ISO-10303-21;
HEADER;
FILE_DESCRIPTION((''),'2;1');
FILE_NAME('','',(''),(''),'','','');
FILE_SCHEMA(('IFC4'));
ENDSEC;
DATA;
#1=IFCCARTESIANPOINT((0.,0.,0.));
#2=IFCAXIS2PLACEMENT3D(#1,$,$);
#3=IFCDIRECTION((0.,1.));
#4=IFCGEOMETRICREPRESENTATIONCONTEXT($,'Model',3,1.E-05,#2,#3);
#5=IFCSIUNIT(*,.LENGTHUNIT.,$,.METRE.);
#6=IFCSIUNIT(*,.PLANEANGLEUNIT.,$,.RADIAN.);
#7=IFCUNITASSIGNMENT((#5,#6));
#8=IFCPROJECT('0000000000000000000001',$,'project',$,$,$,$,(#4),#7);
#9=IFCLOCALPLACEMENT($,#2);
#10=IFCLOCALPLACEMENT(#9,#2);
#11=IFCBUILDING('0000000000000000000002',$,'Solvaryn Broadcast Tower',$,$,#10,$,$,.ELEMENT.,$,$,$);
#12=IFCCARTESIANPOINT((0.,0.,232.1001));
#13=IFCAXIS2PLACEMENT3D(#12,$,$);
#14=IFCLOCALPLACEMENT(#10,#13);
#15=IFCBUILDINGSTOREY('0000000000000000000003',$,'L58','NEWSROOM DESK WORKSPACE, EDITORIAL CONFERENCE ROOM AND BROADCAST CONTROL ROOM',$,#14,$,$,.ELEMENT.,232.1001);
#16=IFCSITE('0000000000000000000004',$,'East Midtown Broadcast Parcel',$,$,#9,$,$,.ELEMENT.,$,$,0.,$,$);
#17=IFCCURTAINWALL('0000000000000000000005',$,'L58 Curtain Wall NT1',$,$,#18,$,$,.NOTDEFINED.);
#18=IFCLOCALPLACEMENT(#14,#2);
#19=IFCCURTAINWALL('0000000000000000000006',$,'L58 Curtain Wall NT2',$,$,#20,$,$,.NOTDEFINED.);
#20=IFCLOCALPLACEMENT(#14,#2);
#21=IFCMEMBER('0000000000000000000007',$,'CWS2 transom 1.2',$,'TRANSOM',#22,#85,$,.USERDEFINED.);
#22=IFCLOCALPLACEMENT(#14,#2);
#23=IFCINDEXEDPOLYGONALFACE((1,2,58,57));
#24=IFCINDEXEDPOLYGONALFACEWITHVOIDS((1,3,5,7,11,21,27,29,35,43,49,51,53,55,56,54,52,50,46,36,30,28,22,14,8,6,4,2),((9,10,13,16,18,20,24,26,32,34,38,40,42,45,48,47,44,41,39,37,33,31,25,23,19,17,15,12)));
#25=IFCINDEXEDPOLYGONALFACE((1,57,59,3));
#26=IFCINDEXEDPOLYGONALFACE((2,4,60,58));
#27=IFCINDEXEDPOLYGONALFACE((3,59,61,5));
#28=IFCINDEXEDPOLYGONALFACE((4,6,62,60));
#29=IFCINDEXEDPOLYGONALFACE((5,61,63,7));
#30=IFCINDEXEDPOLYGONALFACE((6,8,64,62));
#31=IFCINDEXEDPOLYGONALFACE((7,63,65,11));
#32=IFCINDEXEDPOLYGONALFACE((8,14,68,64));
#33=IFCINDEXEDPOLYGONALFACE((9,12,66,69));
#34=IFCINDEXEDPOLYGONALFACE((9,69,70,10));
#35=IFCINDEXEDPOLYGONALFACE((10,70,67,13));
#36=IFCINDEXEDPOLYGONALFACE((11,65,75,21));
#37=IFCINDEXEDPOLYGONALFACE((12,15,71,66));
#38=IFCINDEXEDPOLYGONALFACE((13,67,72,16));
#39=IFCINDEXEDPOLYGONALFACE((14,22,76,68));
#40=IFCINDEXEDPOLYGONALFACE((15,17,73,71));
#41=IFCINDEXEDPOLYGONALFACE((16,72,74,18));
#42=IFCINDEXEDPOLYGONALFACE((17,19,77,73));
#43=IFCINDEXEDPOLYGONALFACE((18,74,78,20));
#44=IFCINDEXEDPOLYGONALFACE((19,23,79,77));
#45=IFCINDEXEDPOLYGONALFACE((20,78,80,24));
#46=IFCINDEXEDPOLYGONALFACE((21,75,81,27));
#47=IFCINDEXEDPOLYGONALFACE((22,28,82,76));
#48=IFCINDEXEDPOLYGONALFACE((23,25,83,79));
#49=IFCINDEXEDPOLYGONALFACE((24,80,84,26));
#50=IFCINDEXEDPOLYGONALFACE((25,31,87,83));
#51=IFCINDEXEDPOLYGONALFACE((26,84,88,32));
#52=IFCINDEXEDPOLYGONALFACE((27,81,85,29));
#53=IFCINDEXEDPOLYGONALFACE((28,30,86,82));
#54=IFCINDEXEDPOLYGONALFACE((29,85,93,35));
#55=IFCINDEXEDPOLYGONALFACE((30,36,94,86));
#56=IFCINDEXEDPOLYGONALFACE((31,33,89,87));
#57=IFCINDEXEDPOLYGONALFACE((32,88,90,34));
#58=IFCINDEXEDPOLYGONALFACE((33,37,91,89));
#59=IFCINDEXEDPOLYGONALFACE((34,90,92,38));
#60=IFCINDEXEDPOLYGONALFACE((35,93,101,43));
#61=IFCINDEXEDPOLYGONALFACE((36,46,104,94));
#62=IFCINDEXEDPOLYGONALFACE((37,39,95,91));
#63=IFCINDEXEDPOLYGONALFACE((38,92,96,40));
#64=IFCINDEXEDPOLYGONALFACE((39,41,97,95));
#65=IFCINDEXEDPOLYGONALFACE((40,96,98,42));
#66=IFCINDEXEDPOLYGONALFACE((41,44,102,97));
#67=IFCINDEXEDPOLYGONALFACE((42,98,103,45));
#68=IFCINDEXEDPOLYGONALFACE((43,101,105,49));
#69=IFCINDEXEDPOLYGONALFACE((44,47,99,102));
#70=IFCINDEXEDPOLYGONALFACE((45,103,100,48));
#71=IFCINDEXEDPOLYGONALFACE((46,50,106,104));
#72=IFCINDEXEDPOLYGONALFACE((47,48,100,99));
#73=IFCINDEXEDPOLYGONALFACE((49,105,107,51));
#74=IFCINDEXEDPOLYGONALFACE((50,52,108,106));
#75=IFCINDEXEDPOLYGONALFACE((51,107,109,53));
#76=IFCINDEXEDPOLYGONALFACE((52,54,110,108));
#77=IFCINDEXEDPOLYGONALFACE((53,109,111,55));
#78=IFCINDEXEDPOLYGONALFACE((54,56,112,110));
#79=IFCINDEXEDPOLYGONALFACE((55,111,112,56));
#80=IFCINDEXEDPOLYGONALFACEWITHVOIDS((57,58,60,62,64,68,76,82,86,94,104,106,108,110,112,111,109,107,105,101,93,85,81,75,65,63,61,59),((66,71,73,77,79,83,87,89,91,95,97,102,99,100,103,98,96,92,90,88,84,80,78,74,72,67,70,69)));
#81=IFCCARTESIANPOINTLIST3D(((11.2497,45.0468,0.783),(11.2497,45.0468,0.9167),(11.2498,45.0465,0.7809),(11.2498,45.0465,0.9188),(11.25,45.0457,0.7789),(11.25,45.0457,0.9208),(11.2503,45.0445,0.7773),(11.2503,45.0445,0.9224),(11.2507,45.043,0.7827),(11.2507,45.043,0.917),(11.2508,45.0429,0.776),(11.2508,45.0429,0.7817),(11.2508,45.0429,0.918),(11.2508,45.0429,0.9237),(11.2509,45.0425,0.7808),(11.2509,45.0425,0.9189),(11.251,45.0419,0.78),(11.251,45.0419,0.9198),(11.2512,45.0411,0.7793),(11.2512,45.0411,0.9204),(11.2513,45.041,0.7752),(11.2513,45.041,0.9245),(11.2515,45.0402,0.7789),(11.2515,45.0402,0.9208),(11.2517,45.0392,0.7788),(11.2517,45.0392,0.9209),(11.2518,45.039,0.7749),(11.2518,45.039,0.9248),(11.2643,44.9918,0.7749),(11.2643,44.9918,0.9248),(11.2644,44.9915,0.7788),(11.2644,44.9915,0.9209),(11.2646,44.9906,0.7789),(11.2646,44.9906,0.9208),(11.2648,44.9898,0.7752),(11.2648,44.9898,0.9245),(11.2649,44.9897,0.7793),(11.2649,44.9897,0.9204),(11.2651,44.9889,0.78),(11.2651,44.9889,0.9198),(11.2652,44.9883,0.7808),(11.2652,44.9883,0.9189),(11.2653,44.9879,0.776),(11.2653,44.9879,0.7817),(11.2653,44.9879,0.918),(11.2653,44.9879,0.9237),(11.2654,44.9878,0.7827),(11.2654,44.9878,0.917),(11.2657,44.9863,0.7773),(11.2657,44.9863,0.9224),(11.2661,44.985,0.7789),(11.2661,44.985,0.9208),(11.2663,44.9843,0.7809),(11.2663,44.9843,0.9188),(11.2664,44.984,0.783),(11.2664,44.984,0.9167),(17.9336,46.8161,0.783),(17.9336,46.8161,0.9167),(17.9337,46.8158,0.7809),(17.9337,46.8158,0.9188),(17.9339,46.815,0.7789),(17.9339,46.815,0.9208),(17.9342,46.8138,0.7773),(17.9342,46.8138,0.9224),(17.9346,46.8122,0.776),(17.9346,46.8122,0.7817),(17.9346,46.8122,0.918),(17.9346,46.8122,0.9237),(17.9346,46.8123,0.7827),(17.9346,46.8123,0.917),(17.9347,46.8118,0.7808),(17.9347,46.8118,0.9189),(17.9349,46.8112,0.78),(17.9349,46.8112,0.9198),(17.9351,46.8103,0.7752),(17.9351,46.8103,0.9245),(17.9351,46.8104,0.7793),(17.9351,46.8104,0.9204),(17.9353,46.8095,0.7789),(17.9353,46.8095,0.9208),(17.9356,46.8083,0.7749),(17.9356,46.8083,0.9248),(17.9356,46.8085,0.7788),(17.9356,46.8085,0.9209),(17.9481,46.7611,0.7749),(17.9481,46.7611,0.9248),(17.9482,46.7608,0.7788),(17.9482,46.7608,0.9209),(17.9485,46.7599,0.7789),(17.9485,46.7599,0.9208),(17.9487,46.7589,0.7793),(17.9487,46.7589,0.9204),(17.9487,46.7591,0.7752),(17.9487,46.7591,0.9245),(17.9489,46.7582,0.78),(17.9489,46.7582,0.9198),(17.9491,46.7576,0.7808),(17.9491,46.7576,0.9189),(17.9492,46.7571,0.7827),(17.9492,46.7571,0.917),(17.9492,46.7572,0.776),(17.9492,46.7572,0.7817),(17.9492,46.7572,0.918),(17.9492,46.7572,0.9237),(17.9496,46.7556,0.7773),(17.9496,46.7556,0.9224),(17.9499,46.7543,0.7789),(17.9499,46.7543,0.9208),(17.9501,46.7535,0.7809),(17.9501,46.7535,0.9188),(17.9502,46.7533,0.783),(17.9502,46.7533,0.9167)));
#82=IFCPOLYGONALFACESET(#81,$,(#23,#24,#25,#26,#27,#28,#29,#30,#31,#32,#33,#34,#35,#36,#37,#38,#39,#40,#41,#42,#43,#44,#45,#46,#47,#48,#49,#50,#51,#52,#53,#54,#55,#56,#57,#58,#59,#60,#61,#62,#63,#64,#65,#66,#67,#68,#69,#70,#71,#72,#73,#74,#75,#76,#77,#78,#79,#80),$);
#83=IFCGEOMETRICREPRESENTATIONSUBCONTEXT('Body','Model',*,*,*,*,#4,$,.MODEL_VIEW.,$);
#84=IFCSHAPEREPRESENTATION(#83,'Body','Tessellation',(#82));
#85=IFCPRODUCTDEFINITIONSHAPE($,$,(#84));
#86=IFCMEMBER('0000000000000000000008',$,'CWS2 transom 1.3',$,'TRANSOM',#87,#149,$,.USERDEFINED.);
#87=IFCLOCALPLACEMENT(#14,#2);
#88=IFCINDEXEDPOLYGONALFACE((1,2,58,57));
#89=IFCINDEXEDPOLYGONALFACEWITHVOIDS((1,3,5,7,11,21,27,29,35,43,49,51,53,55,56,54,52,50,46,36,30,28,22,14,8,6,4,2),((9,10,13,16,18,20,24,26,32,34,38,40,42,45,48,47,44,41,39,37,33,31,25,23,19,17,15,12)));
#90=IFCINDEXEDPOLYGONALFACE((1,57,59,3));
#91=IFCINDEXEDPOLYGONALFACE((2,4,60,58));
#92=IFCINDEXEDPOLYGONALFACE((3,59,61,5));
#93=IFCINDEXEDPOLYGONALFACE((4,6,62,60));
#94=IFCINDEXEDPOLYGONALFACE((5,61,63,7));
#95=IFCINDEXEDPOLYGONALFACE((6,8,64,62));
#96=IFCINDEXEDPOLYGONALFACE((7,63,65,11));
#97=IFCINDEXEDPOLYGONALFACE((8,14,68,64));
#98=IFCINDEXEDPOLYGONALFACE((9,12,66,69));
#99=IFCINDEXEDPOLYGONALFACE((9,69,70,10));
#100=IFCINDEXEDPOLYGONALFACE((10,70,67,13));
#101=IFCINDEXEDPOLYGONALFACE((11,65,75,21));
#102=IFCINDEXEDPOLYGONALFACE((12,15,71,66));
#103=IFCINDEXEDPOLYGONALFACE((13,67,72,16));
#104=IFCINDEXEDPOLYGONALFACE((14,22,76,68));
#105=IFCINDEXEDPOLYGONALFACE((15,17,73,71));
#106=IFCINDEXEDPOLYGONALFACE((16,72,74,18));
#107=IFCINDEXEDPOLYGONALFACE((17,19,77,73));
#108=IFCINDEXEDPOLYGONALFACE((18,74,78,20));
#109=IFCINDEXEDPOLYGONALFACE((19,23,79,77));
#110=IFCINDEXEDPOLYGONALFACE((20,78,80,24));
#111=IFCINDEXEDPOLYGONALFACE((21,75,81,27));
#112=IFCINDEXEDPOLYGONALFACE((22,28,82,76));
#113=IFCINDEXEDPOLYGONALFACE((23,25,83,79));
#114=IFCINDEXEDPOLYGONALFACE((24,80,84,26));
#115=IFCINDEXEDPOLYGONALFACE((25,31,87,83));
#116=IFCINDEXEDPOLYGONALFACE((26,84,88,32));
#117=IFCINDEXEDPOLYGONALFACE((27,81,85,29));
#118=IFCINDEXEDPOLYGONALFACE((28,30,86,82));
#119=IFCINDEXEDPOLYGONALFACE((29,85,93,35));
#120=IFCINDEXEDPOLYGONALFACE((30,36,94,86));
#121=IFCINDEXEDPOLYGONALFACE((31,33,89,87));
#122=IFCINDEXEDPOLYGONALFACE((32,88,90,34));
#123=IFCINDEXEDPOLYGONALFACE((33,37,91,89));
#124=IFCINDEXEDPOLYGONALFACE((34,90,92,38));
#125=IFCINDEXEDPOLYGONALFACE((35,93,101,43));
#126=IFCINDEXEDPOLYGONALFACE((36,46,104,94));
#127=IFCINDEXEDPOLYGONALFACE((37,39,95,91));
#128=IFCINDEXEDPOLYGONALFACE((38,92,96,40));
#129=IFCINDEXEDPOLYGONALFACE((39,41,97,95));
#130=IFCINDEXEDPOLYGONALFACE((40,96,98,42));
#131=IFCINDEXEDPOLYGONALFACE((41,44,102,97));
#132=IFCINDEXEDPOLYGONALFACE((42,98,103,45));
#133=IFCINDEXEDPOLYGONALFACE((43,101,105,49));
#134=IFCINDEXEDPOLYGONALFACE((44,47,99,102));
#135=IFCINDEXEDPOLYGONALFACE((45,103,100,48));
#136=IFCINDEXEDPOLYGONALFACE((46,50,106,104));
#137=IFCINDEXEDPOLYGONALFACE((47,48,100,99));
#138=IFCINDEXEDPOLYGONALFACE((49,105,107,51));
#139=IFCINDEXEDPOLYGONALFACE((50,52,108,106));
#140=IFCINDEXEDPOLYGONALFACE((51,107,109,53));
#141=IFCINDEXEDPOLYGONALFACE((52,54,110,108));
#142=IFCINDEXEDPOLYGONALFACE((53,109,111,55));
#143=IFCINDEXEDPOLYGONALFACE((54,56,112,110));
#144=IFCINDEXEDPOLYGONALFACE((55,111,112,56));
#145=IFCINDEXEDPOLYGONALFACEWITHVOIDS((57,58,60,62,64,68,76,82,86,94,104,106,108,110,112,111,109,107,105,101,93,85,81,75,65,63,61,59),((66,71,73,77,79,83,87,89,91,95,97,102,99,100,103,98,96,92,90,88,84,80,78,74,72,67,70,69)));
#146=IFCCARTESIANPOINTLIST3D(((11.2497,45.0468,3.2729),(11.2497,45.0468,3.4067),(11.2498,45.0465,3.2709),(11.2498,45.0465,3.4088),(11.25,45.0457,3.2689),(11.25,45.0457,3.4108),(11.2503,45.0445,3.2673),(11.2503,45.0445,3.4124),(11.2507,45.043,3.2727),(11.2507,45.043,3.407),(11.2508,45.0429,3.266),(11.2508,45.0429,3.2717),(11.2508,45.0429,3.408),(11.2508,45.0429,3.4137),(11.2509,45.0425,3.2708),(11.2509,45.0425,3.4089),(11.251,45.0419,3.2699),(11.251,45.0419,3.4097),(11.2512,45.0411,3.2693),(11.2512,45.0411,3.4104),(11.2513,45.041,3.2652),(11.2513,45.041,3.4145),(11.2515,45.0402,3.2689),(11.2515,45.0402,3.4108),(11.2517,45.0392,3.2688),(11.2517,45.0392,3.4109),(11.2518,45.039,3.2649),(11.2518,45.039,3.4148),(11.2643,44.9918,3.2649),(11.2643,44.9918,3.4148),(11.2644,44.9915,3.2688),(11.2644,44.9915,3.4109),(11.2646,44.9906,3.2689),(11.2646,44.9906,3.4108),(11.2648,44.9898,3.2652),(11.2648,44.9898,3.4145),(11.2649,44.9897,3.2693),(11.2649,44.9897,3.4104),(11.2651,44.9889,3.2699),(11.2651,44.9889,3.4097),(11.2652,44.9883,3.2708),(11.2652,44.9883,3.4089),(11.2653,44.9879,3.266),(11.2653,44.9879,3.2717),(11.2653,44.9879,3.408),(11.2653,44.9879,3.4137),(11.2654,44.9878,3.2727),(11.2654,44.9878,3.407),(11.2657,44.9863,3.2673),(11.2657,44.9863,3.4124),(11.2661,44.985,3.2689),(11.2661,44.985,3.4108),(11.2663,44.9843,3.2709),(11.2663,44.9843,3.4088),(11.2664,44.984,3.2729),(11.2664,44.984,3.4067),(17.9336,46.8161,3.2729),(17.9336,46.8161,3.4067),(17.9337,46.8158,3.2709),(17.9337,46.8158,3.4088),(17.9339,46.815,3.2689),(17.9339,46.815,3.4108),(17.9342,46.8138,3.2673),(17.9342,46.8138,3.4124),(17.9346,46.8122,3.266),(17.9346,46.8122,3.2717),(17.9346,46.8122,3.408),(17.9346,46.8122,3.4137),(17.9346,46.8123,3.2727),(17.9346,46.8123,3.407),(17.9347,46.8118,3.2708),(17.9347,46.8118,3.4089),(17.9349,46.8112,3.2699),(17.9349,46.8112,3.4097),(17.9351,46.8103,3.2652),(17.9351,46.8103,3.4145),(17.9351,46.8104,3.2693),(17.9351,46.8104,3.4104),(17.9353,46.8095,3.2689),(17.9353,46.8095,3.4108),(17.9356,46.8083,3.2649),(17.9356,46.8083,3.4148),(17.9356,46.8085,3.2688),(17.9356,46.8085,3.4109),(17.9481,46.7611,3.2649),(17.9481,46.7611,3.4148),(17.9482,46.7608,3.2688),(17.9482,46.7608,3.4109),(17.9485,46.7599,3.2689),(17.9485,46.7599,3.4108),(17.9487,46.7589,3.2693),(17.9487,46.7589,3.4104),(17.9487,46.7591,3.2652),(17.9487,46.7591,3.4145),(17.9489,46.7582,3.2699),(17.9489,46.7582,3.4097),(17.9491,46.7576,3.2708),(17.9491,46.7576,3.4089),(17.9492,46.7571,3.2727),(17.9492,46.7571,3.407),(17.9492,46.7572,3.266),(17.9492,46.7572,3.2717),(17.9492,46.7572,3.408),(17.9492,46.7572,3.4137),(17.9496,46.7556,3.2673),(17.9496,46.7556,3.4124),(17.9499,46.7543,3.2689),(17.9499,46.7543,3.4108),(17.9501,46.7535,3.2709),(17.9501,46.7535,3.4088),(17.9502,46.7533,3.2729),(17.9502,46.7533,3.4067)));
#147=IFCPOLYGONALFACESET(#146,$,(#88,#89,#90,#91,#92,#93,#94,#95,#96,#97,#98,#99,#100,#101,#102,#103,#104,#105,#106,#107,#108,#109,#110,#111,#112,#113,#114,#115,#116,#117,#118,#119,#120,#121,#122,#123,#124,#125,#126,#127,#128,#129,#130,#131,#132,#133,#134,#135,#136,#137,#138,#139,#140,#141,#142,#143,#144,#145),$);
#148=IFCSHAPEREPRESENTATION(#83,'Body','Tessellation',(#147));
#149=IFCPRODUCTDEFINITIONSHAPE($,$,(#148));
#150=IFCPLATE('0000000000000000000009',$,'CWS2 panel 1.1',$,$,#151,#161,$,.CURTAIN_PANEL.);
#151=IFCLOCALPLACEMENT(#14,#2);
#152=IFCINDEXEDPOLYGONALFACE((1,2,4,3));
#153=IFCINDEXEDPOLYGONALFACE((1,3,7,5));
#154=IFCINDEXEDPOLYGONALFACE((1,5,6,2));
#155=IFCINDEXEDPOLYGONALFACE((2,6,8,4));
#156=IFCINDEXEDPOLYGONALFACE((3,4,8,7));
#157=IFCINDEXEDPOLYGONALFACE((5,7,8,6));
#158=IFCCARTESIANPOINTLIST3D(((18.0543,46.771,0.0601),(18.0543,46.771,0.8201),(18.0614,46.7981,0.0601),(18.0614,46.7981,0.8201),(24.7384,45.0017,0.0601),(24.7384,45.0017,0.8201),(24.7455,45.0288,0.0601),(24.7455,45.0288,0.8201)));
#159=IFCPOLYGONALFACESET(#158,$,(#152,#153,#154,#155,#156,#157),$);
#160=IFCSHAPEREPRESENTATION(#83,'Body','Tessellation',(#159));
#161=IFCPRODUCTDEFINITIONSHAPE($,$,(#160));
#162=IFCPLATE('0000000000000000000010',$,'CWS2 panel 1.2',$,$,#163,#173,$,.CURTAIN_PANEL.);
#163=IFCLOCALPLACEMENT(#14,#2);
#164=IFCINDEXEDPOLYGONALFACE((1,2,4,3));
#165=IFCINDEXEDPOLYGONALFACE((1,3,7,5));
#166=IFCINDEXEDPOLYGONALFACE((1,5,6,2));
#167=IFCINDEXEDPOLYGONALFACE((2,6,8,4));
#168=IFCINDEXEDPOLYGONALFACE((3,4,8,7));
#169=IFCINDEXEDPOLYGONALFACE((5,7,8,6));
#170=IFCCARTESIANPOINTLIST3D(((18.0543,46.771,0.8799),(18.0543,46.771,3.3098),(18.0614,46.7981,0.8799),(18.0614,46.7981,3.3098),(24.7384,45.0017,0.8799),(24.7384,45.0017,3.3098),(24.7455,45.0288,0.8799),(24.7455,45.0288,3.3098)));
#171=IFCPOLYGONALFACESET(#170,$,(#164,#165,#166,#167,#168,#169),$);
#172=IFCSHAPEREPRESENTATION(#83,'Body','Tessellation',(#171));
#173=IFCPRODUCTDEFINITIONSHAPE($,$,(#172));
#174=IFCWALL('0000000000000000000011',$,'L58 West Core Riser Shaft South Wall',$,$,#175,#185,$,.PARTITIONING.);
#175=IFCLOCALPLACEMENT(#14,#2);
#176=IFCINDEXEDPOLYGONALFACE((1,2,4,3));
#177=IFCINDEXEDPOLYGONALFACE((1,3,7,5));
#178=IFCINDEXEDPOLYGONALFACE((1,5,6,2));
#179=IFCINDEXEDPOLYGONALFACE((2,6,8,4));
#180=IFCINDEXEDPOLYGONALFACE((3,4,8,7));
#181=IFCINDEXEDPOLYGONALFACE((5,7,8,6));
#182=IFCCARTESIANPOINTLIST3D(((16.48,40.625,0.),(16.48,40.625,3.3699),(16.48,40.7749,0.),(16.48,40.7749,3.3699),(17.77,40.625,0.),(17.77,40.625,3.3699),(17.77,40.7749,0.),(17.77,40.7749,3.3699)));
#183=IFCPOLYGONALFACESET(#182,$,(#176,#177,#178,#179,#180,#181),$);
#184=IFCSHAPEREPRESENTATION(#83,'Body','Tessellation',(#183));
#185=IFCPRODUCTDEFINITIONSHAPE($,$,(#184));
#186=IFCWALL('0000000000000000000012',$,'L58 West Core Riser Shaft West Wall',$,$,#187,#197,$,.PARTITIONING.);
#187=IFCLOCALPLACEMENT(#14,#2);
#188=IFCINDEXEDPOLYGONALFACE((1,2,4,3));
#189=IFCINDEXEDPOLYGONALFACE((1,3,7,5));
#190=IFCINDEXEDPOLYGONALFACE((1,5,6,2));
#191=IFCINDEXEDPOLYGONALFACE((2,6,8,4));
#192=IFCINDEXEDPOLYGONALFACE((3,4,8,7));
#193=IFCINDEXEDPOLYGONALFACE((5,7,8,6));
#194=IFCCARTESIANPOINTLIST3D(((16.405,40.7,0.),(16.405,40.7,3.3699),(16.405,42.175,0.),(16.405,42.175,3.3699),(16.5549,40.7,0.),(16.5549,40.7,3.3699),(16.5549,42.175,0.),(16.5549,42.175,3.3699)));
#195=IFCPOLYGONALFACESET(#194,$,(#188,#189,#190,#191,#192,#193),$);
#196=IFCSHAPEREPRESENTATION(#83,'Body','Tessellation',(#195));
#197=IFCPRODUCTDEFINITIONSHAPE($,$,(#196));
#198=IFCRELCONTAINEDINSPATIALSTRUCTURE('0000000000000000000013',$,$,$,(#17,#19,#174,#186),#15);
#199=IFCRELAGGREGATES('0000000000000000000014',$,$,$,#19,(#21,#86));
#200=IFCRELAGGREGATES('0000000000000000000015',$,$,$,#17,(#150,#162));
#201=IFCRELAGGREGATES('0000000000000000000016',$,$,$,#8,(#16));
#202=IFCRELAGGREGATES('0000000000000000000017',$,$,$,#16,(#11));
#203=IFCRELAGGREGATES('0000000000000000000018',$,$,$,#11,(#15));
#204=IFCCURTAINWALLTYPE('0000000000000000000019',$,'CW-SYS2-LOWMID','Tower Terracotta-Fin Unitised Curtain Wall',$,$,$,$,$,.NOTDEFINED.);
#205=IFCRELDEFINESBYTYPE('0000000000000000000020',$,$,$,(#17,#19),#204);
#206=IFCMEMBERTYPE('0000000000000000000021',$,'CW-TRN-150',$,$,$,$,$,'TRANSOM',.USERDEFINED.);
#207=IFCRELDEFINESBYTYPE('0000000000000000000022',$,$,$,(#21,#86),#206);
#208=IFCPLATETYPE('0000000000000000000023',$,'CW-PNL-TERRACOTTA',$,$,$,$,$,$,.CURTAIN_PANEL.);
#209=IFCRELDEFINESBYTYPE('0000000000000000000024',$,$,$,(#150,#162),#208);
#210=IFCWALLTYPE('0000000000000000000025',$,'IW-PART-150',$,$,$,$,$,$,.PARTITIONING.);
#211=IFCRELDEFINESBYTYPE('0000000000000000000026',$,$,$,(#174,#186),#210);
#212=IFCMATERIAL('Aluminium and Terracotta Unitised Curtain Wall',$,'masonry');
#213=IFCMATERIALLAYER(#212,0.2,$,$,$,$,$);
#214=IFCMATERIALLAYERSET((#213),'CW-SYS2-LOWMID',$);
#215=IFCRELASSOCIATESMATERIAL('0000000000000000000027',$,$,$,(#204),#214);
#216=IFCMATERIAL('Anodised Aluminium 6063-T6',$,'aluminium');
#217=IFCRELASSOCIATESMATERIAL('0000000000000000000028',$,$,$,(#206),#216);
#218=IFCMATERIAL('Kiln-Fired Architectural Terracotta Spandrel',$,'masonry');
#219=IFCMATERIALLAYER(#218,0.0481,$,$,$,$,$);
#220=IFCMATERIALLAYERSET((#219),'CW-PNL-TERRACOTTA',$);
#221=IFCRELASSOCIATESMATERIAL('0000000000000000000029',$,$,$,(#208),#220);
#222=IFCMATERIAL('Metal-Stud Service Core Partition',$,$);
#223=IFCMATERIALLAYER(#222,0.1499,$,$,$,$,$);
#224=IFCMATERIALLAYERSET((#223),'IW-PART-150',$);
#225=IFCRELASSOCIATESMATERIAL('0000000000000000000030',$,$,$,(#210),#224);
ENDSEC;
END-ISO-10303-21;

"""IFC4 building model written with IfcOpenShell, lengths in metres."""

from ifc_helpers import new_model, si_unit, direction, frame, frame_2d, origin, origin_2d, place, context, subcontext, project, spatial, rectangle, hollow_rectangle, extrude, material, layer, layer_set, material_profile, profile_set, type_object, element, aggregate, save


model = new_model("IFC4")

# Units and contexts
model_context = context("Model", 3, precision=1e-05, world=origin(), true_north=direction((0.0, 1.0)))
body_context = subcontext(model_context, "Body", "Model", "MODEL_VIEW")
ifc_project = project(units=[si_unit("LENGTHUNIT", "METRE"), si_unit("PLANEANGLEUNIT", "RADIAN")], contexts=[model_context])

# Site, building, storey
site_placement = place(None, origin())
site = spatial("IfcSite", under=ifc_project, at=site_placement, Name="East Midtown Broadcast Parcel", CompositionType="ELEMENT", RefElevation=0.0)
building_placement = place(site_placement, origin())
building = spatial("IfcBuilding", under=site, at=building_placement, Name="Solvaryn Broadcast Tower", CompositionType="ELEMENT")
storey_placement = place(building_placement, frame((0.0, 0.0, 232.1001)))
storey = spatial("IfcBuildingStorey", under=building, at=storey_placement, Name="L58", Description="NEWSROOM DESK WORKSPACE, EDITORIAL CONFERENCE ROOM AND BROADCAST CONTROL ROOM", CompositionType="ELEMENT", Elevation=232.1001)

# Curtain wall
ifc_material_1 = material(Name="Aluminium and Terracotta Unitised Curtain Wall", Category="masonry")
ifc_layer_1 = layer(ifc_material_1, 0.2)
ifc_layer_set_1 = layer_set([ifc_layer_1], Name="CW-SYS2-LOWMID")
curtain_wall_type = type_object("IfcCurtainWallType", Name="CW-SYS2-LOWMID", Description="Tower Terracotta-Fin Unitised Curtain Wall", PredefinedType="NOTDEFINED", material=ifc_layer_set_1)
curtain_wall_1_placement = place(storey_placement, origin())
curtain_wall_1 = element("IfcCurtainWall", 1, at=curtain_wall_1_placement, inside=storey, type_object=curtain_wall_type, Name="L58 Curtain Wall NT1", PredefinedType="NOTDEFINED")

# Curtain wall, members
curtain_wall_2_placement = place(storey_placement, origin())
curtain_wall_2 = element("IfcCurtainWall", 2, at=curtain_wall_2_placement, inside=storey, type_object=curtain_wall_type, Name="L58 Curtain Wall NT2", PredefinedType="NOTDEFINED")
ifc_material_2 = material(Name="Anodised Aluminium 6063-T6", Category="aluminium")
ifc_material_profile_1 = material_profile(ifc_material_2, hollow_rectangle(XDim=0.0649, YDim=0.1499, WallThickness=0.0039, InnerFilletRadius=0.0039, OuterFilletRadius=0.0081, at=origin_2d()))
ifc_profile_set_1 = profile_set([ifc_material_profile_1], Name="Anodised Aluminium 6063-T6")
member_type_1 = type_object("IfcMemberType", Name="CW-TRN-150", ElementType="TRANSOM", PredefinedType="USERDEFINED", material=ifc_profile_set_1)
member_1_placement = place(storey_placement, frame((17.9419, 46.7847, 0.8499), z_axis=(-0.966704, -0.255897, 0.0), x_axis=(0.255897, -0.966704, 0.0)))
member_1 = element("IfcMember", 3, at=member_1_placement, type_object=member_type_1, Name="CWS2 transom 1.2", ObjectType="TRANSOM", PredefinedType="USERDEFINED", context=body_context, shape_type="SweptSolid", body=[
    extrude(hollow_rectangle(XDim=0.0649, YDim=0.1499, WallThickness=0.0039, InnerFilletRadius=0.0039, OuterFilletRadius=0.0081, at=origin_2d()), origin(), (0.0, 0.0, 1.0), 6.9141),
])
member_2_placement = place(storey_placement, frame((17.9419, 46.7847, 3.3398), z_axis=(-0.966704, -0.255897, 0.0), x_axis=(0.255897, -0.966704, 0.0)))
member_2 = element("IfcMember", 4, at=member_2_placement, type_object=member_type_1, Name="CWS2 transom 1.3", ObjectType="TRANSOM", PredefinedType="USERDEFINED", context=body_context, shape_type="SweptSolid", body=[
    extrude(hollow_rectangle(XDim=0.0649, YDim=0.1499, WallThickness=0.0039, InnerFilletRadius=0.0039, OuterFilletRadius=0.0081, at=origin_2d()), origin(), (0.0, 0.0, 1.0), 6.9141),
])
aggregate(curtain_wall_2, [member_1, member_2])

# Plates
ifc_material_3 = material(Name="Kiln-Fired Architectural Terracotta Spandrel", Category="masonry")
ifc_layer_2 = layer(ifc_material_3, 0.0481)
ifc_layer_set_2 = layer_set([ifc_layer_2], Name="CW-PNL-TERRACOTTA")
plate_type = type_object("IfcPlateType", Name="CW-PNL-TERRACOTTA", PredefinedType="CURTAIN_PANEL", material=ifc_layer_set_2)
plate_1_placement = place(storey_placement, frame((21.3999, 45.8999, 0.0601), z_axis=(0.0, 0.0, 1.0), x_axis=(-0.966705, 0.255893, 0.0)))
plate_1 = element("IfcPlate", 5, at=plate_1_placement, type_object=plate_type, Name="CWS2 panel 1.1", PredefinedType="CURTAIN_PANEL", context=body_context, shape_type="SweptSolid", body=[
    extrude(rectangle(XDim=6.9143, YDim=0.0281, at=origin_2d()), origin(), (0.0, 0.0, 1.0), 0.76),
])
plate_2_placement = place(storey_placement, frame((21.3999, 45.8999, 0.8799), z_axis=(0.0, 0.0, 1.0), x_axis=(-0.966705, 0.255893, 0.0)))
plate_2 = element("IfcPlate", 6, at=plate_2_placement, type_object=plate_type, Name="CWS2 panel 1.2", PredefinedType="CURTAIN_PANEL", context=body_context, shape_type="SweptSolid", body=[
    extrude(rectangle(XDim=6.9143, YDim=0.0281, at=origin_2d()), origin(), (0.0, 0.0, 1.0), 2.4299),
])
aggregate(curtain_wall_1, [plate_1, plate_2])

# Walls
ifc_material_4 = material(Name="Metal-Stud Service Core Partition")
ifc_layer_3 = layer(ifc_material_4, 0.1499)
ifc_layer_set_3 = layer_set([ifc_layer_3], Name="IW-PART-150")
wall_type_1 = type_object("IfcWallType", Name="IW-PART-150", PredefinedType="PARTITIONING", material=ifc_layer_set_3)
wall_1_placement = place(storey_placement, frame((16.48, 40.7, 0.0), z_axis=(0.0, 0.0, 1.0), x_axis=(1.0, 0.0, 0.0)))
element("IfcWall", 7, at=wall_1_placement, inside=storey, type_object=wall_type_1, Name="L58 West Core Riser Shaft South Wall", PredefinedType="PARTITIONING", context=body_context, shape_type="SweptSolid", body=[
    extrude(rectangle(XDim=1.29, YDim=0.1499, at=frame_2d((0.645, 0.0))), origin(), (0.0, 0.0, 1.0), 3.3699),
])
wall_2_placement = place(storey_placement, frame((16.48, 40.7, 0.0), z_axis=(0.0, 0.0, 1.0), x_axis=(0.0, 1.0, 0.0)))
element("IfcWall", 8, at=wall_2_placement, inside=storey, type_object=wall_type_1, Name="L58 West Core Riser Shaft West Wall", PredefinedType="PARTITIONING", context=body_context, shape_type="SweptSolid", body=[
    extrude(rectangle(XDim=1.4751, YDim=0.1499, at=frame_2d((0.7375, 0.0))), origin(), (0.0, 0.0, 1.0), 3.3699),
])

save(model, "model.ifc")
